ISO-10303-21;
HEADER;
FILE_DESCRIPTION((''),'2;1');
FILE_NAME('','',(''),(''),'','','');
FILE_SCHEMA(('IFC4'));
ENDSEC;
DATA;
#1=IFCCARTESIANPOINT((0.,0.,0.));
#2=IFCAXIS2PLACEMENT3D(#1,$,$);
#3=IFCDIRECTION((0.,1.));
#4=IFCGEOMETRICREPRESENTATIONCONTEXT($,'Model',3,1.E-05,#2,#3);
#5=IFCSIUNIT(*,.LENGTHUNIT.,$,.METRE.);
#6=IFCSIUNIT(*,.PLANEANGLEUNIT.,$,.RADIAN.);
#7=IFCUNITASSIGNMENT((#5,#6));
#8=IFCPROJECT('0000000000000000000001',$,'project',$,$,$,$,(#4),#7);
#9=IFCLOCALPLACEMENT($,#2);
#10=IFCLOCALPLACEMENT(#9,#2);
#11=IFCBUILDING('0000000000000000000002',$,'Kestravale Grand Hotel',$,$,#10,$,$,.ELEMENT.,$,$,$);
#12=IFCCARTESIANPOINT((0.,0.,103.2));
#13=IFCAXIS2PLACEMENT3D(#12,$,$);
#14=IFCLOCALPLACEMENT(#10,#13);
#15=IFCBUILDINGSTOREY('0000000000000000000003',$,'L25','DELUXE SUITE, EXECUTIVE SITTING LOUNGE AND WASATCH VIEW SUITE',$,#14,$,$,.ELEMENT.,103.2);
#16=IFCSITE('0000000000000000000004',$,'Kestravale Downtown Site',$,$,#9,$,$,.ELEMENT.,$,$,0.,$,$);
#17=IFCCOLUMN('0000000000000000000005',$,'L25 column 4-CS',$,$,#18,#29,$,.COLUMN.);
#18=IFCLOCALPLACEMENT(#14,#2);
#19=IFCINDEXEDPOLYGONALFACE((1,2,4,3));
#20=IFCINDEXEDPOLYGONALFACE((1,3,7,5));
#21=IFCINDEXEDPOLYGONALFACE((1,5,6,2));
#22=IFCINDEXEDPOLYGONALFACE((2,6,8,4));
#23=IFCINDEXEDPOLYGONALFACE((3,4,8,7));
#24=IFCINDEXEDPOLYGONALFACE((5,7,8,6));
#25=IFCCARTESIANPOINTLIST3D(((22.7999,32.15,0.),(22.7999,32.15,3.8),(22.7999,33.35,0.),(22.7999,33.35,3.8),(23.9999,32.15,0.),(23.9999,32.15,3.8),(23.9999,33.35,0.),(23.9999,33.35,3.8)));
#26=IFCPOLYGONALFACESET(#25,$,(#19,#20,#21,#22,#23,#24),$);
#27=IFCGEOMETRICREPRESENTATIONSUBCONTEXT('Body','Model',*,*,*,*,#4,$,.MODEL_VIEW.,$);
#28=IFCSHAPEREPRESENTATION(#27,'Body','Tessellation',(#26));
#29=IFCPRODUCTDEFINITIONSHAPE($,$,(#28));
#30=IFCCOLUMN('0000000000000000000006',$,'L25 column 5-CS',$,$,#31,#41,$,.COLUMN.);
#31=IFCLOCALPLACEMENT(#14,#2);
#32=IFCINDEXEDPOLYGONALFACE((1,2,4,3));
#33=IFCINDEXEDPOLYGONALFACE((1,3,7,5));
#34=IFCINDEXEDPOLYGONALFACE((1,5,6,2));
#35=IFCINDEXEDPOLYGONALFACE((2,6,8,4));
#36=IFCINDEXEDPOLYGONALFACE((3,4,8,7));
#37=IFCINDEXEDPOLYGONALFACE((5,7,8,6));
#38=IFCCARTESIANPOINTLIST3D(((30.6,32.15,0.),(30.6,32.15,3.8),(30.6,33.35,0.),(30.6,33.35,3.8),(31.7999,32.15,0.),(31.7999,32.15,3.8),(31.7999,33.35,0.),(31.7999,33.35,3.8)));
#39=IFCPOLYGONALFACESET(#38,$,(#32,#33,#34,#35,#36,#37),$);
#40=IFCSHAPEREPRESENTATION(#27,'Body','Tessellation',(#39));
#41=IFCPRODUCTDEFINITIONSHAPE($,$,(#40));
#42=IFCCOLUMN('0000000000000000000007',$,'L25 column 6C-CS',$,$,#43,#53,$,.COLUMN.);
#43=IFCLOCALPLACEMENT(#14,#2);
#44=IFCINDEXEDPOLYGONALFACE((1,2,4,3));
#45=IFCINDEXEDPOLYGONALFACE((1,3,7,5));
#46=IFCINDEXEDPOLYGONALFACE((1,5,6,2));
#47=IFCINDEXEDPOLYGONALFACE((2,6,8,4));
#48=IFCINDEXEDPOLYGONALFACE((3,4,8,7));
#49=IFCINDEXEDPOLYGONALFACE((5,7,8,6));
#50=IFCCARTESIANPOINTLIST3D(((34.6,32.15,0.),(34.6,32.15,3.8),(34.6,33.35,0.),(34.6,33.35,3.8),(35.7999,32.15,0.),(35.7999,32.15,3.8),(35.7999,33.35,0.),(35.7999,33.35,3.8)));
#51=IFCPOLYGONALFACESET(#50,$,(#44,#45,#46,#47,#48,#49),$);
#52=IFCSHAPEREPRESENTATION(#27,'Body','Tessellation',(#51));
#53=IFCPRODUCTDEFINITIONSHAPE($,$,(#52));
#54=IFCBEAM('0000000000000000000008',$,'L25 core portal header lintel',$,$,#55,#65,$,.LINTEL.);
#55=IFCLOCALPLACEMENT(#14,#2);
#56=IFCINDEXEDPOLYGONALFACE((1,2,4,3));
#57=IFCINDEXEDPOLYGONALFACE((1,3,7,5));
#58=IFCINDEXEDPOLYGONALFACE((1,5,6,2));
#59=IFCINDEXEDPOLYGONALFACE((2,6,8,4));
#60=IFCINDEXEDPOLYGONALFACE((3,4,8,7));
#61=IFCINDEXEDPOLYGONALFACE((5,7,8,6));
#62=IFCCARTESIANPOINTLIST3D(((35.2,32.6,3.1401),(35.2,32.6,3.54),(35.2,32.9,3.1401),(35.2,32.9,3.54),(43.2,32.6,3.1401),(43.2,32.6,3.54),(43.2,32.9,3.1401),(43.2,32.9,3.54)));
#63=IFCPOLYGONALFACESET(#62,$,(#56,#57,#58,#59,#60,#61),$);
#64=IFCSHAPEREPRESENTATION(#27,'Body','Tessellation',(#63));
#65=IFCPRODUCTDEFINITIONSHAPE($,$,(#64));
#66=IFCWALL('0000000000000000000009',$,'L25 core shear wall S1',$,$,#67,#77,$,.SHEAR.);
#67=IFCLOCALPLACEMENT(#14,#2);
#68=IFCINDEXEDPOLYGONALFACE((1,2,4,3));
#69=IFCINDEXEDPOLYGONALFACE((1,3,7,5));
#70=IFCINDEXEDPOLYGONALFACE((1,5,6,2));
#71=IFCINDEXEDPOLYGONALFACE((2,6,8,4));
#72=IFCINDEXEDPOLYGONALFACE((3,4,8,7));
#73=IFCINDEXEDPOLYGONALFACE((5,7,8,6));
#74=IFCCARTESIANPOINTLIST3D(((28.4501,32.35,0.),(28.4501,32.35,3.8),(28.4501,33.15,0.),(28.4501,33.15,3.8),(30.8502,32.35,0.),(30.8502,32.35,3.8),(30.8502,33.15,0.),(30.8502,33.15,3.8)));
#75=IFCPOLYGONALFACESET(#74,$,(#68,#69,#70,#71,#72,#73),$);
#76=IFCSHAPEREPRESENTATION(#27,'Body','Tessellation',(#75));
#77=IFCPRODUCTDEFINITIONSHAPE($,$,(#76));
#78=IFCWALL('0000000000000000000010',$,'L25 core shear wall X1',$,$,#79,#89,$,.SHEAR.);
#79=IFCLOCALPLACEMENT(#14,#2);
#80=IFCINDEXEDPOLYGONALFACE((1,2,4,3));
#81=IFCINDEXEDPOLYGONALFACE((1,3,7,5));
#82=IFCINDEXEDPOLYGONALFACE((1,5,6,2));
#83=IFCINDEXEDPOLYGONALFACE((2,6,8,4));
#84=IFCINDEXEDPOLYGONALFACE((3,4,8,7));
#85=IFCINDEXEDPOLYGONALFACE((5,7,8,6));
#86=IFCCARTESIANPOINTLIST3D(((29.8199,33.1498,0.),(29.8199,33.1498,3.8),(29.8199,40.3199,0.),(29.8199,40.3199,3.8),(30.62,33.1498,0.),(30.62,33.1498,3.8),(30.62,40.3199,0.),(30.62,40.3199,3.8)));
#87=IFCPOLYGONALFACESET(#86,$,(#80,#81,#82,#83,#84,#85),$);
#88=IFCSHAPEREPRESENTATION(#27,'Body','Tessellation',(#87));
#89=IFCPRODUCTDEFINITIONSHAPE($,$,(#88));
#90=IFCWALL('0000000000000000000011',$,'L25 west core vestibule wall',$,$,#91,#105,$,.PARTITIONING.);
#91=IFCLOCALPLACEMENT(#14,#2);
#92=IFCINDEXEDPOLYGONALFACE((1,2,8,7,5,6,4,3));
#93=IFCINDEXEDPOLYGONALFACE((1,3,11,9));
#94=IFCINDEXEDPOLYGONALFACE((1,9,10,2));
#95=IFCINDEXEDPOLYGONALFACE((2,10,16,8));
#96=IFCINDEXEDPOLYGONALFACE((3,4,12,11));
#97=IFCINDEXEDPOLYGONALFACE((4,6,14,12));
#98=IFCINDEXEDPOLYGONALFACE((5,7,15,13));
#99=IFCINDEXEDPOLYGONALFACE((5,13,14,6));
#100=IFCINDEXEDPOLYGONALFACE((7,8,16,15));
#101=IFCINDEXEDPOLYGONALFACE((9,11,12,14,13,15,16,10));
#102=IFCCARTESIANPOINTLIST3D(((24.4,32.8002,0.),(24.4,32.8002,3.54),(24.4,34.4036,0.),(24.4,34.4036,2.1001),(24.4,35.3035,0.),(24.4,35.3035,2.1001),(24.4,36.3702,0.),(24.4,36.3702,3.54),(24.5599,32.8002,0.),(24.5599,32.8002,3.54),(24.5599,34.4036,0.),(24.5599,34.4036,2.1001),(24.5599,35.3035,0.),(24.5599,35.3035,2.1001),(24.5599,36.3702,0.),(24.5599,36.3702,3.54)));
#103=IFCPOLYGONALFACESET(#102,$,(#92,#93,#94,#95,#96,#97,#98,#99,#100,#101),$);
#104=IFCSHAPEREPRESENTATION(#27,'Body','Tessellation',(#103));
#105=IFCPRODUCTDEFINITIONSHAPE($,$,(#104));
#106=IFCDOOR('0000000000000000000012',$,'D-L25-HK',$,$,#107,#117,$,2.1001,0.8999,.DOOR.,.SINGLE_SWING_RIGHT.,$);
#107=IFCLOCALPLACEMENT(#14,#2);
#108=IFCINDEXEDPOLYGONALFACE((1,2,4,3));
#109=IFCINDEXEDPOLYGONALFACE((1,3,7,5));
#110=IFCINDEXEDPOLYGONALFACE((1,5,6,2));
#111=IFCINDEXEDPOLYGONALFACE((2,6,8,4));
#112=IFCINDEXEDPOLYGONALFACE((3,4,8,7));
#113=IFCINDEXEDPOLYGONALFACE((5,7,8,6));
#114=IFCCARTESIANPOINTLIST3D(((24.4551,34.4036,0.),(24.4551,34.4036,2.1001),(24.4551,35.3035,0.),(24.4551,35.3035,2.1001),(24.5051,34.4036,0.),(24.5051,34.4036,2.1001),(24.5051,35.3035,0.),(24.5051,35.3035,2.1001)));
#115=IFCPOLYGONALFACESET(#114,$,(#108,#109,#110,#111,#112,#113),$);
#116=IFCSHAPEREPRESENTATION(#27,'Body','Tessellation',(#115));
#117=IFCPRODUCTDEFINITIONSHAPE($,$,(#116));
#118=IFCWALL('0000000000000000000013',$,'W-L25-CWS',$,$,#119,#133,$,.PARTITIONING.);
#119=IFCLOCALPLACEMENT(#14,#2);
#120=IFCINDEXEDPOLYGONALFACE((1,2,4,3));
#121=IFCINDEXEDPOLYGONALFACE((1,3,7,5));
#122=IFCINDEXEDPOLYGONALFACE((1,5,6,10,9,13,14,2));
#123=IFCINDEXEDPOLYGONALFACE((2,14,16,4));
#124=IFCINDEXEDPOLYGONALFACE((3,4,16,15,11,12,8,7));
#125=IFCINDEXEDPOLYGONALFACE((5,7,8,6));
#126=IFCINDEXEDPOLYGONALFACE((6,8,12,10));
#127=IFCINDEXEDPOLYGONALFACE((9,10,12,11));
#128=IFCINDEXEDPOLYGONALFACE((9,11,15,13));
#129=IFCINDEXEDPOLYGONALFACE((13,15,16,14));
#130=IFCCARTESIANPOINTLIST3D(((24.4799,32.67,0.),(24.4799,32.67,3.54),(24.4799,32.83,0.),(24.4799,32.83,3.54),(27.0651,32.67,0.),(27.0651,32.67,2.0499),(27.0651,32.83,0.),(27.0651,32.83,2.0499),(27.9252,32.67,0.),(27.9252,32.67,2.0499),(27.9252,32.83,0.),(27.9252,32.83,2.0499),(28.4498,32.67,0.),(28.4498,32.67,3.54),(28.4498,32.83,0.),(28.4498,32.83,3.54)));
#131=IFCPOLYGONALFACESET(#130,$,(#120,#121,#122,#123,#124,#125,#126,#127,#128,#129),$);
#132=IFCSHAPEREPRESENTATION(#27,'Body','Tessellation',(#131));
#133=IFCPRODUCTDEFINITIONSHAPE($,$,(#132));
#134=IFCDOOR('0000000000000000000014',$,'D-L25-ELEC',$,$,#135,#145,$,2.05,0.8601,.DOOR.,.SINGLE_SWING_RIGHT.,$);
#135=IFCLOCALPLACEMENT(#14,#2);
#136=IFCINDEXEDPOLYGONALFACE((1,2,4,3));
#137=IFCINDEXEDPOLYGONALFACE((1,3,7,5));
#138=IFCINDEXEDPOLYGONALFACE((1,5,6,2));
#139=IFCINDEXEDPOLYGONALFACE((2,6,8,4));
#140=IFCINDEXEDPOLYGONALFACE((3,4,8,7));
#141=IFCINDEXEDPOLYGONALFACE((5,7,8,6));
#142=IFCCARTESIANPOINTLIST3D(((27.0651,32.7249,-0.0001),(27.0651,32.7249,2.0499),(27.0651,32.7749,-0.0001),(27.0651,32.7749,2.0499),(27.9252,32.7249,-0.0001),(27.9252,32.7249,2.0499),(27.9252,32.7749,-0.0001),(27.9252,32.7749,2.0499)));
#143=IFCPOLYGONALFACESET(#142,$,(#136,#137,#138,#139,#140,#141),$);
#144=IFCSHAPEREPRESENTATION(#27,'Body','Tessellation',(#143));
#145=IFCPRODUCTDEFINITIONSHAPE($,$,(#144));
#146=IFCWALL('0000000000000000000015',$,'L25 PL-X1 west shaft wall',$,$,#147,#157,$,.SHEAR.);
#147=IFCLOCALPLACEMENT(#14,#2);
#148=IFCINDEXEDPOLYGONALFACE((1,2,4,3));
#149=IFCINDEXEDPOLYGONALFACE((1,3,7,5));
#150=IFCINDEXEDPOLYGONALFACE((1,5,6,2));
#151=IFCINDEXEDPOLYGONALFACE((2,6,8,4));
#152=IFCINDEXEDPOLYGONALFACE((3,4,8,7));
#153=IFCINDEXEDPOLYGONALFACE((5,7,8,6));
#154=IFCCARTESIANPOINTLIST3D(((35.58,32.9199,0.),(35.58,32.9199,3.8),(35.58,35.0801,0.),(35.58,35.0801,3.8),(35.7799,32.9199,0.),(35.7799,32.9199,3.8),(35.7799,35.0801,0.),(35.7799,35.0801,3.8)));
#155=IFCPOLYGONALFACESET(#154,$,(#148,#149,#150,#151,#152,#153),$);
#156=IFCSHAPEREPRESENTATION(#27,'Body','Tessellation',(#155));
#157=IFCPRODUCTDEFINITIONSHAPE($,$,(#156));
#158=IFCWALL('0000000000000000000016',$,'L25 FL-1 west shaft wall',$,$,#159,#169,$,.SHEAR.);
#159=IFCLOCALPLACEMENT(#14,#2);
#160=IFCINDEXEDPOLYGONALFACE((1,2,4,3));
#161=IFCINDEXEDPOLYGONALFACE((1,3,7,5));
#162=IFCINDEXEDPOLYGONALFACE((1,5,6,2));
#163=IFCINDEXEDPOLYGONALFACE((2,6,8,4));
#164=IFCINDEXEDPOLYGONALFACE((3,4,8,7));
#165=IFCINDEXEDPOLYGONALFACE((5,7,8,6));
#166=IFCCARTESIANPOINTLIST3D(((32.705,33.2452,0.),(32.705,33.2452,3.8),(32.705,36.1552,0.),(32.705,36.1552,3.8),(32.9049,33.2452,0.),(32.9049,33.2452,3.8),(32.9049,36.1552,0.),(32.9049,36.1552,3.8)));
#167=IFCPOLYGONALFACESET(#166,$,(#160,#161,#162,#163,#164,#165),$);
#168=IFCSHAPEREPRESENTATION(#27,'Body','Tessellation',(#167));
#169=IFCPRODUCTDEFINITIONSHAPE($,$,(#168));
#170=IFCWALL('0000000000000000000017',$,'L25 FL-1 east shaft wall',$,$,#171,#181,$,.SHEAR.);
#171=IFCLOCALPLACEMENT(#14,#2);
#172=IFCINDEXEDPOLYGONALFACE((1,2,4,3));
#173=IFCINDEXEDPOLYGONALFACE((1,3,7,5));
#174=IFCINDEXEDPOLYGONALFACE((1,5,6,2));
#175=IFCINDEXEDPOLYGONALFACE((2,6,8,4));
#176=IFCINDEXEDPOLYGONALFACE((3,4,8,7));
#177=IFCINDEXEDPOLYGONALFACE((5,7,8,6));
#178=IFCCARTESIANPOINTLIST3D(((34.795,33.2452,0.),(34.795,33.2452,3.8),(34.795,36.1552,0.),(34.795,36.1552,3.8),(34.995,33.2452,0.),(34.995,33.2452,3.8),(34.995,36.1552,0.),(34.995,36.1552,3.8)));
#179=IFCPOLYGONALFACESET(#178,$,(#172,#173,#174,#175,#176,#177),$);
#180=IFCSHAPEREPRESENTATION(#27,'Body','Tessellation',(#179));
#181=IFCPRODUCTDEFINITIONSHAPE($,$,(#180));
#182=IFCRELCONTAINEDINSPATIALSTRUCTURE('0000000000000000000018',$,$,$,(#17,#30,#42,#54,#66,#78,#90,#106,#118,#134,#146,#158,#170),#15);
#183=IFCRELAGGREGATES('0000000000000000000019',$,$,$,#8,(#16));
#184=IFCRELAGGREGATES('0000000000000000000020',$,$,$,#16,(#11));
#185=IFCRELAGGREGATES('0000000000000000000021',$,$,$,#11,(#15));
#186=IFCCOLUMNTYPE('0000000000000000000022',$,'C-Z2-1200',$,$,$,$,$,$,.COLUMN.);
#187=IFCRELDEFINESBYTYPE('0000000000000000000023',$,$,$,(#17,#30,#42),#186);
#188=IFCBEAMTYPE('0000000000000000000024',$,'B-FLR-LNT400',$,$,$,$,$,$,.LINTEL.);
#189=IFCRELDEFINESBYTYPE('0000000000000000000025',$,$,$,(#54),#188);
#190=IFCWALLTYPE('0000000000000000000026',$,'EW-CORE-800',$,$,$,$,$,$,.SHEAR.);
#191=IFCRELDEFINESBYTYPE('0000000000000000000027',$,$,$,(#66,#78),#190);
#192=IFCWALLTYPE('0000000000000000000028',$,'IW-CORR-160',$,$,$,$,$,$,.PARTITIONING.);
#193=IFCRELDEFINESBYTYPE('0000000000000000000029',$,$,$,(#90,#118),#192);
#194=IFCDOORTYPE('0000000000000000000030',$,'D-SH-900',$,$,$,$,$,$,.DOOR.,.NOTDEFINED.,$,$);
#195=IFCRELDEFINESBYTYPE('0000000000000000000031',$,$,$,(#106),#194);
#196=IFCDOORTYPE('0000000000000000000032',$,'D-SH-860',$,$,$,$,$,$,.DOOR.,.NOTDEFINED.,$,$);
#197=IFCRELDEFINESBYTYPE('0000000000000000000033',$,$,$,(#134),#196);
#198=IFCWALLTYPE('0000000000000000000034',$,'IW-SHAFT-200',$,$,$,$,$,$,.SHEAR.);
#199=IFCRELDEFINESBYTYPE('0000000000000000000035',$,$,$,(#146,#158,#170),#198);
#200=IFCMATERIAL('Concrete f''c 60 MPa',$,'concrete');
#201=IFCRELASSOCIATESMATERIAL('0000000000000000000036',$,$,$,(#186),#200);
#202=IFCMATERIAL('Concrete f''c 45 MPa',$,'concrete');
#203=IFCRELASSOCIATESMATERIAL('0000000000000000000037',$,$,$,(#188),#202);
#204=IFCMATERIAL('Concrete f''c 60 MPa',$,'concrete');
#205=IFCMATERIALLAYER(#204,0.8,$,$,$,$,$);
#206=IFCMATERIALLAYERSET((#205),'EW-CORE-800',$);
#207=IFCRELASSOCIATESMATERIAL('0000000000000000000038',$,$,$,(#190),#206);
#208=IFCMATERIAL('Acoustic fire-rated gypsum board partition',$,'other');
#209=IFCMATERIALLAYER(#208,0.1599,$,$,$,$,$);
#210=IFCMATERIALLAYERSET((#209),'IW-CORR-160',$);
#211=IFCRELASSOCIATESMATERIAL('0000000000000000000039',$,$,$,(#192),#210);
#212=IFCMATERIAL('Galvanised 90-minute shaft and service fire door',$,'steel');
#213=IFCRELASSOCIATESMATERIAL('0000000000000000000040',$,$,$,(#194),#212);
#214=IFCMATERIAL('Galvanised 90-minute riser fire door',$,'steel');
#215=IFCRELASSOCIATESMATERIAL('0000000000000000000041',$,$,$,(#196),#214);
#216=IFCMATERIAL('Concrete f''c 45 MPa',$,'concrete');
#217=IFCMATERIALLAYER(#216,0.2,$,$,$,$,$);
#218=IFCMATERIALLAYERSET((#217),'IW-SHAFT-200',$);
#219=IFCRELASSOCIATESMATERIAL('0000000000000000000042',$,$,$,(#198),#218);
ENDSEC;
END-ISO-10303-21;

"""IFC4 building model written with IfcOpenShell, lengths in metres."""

from ifc_helpers import new_model, si_unit, direction, frame, frame_2d, origin, origin_2d, place, context, subcontext, project, spatial, rectangle, extrude, material, layer, layer_set, material_profile, profile_set, type_object, element, fill, save


model = new_model("IFC4")

# Units and contexts
model_context = context("Model", 3, precision=1e-05, world=origin(), true_north=direction((0.0, 1.0)))
body_context = subcontext(model_context, "Body", "Model", "MODEL_VIEW")
ifc_project = project(units=[si_unit("LENGTHUNIT", "METRE"), si_unit("PLANEANGLEUNIT", "RADIAN")], contexts=[model_context])

# Site, building, storey
site_placement = place(None, origin())
site = spatial("IfcSite", under=ifc_project, at=site_placement, Name="Kestravale Downtown Site", CompositionType="ELEMENT", RefElevation=0.0)
building_placement = place(site_placement, origin())
building = spatial("IfcBuilding", under=site, at=building_placement, Name="Kestravale Grand Hotel", CompositionType="ELEMENT")
storey_placement = place(building_placement, frame((0.0, 0.0, 103.2)))
storey = spatial("IfcBuildingStorey", under=building, at=storey_placement, Name="L25", Description="DELUXE SUITE, EXECUTIVE SITTING LOUNGE AND WASATCH VIEW SUITE", CompositionType="ELEMENT", Elevation=103.2)

# Columns
ifc_material_1 = material(Name="Concrete f'c 60 MPa", Category="concrete")
ifc_material_profile_1 = material_profile(ifc_material_1, rectangle(XDim=1.2, YDim=1.2, at=origin_2d()))
ifc_profile_set_1 = profile_set([ifc_material_profile_1], Name="Concrete f'c 60 MPa")
column_type = type_object("IfcColumnType", Name="C-Z2-1200", PredefinedType="COLUMN", material=ifc_profile_set_1)
for number, where, z_axis, x_axis, name in (
    (1, (23.3999, 32.75, 0.0), (0.0, 0.0, 1.0), (1.0, 0.0, 0.0), "L25 column 4-CS"),
    (2, (31.2, 32.75, 0.0), (0.0, 0.0, 1.0), (1.0, 0.0, 0.0), "L25 column 5-CS"),
    (3, (35.2, 32.75, 0.0), (0.0, 0.0, 1.0), (1.0, 0.0, 0.0), "L25 column 6C-CS"),
):
    element("IfcColumn", number, at=place(storey_placement, frame(where, z_axis=z_axis, x_axis=x_axis)), inside=storey, type_object=column_type, Name=name, PredefinedType="COLUMN", context=body_context, shape_type="SweptSolid", body=[
        extrude(rectangle(XDim=1.2, YDim=1.2, at=origin_2d()), origin(), (0.0, 0.0, 1.0), 3.8),
    ])

# Beam
ifc_material_2 = material(Name="Concrete f'c 45 MPa", Category="concrete")
ifc_material_profile_2 = material_profile(ifc_material_2, rectangle(XDim=0.3, YDim=0.3999, at=origin_2d()))
ifc_profile_set_2 = profile_set([ifc_material_profile_2], Name="Concrete f'c 45 MPa")
beam_type = type_object("IfcBeamType", Name="B-FLR-LNT400", PredefinedType="LINTEL", material=ifc_profile_set_2)
beam_placement = place(storey_placement, frame((35.2, 32.75, 3.3401), z_axis=(1.0, 0.0, 0.0), x_axis=(0.0, 1.0, 0.0)))
element("IfcBeam", 4, at=beam_placement, inside=storey, type_object=beam_type, Name="L25 core portal header lintel", PredefinedType="LINTEL", context=body_context, shape_type="SweptSolid", body=[
    extrude(rectangle(XDim=0.3, YDim=0.3999, at=origin_2d()), origin(), (0.0, 0.0, 1.0), 8.0),
])

# Walls
ifc_material_3 = material(Name="Concrete f'c 60 MPa", Category="concrete")
ifc_layer_1 = layer(ifc_material_3, 0.8)
ifc_layer_set_1 = layer_set([ifc_layer_1], Name="EW-CORE-800")
wall_type_1 = type_object("IfcWallType", Name="EW-CORE-800", PredefinedType="SHEAR", material=ifc_layer_set_1)
wall_1_placement = place(storey_placement, frame((28.45, 32.75, 0.0), z_axis=(0.0, 0.0, 1.0), x_axis=(1.0, 0.0, 0.0)))
element("IfcWall", 5, at=wall_1_placement, inside=storey, type_object=wall_type_1, Name="L25 core shear wall S1", PredefinedType="SHEAR", context=body_context, shape_type="SweptSolid", body=[
    extrude(rectangle(XDim=2.4001, YDim=0.8, at=frame_2d((1.2002, 0.0))), origin(), (0.0, 0.0, 1.0), 3.8),
])
wall_2_placement = place(storey_placement, frame((30.22, 33.1499, 0.0), z_axis=(0.0, 0.0, 1.0), x_axis=(0.0, 1.0, 0.0)))
element("IfcWall", 6, at=wall_2_placement, inside=storey, type_object=wall_type_1, Name="L25 core shear wall X1", PredefinedType="SHEAR", context=body_context, shape_type="SweptSolid", body=[
    extrude(rectangle(XDim=7.1702, YDim=0.8, at=frame_2d((3.585, 0.0))), origin(), (0.0, 0.0, 1.0), 3.8),
])

# Walls, openings, doors
ifc_material_4 = material(Name="Acoustic fire-rated gypsum board partition", Category="other")
ifc_layer_2 = layer(ifc_material_4, 0.1599)
ifc_layer_set_2 = layer_set([ifc_layer_2], Name="IW-CORR-160")
wall_type_2 = type_object("IfcWallType", Name="IW-CORR-160", PredefinedType="PARTITIONING", material=ifc_layer_set_2)
wall_3_placement = place(storey_placement, frame((24.48, 32.8, 0.0), z_axis=(0.0, 0.0, 1.0), x_axis=(0.0, 1.0, 0.0)))
wall_3 = element("IfcWall", 7, at=wall_3_placement, inside=storey, type_object=wall_type_2, Name="L25 west core vestibule wall", PredefinedType="PARTITIONING", context=body_context, shape_type="SweptSolid", body=[
    extrude(rectangle(XDim=3.5701, YDim=0.1599, at=frame_2d((1.7852, 0.0))), origin(), (0.0, 0.0, 1.0), 3.54),
])
opening_1_placement = place(wall_3_placement, frame((1.6035, 0.0, 0.0)))
opening_1 = element("IfcOpeningElement", 8, at=opening_1_placement, cuts=wall_3, PredefinedType="OPENING", context=body_context, shape_type="SweptSolid", body=[
    extrude(rectangle(XDim=0.8999, YDim=2.1001, at=frame_2d((0.45, 1.05))), frame((0.0, 0.0898, 0.0), z_axis=(0.0, -1.0, 0.0), x_axis=(1.0, 0.0, 0.0)), (0.0, 0.0, 1.0), 0.1799),
])
ifc_material_5 = material(Name="Galvanised 90-minute shaft and service fire door", Category="steel")
door_type_1 = type_object("IfcDoorType", Name="D-SH-900", OperationType="NOTDEFINED", PredefinedType="DOOR", material=ifc_material_5)
door_1_placement = place(opening_1_placement, origin())
door_1 = element("IfcDoor", 9, at=door_1_placement, inside=storey, type_object=door_type_1, Name="D-L25-HK", OperationType="SINGLE_SWING_RIGHT", OverallHeight=2.1001, OverallWidth=0.8999, PredefinedType="DOOR", context=body_context, shape_type="SweptSolid", body=[
    extrude(rectangle(XDim=0.8999, YDim=2.1001, at=frame_2d((0.45, 1.05))), frame((0.0, 0.0249, 0.0), z_axis=(0.0, -1.0, 0.0), x_axis=(1.0, 0.0, 0.0)), (0.0, 0.0, 1.0), 0.05),
])
fill(opening_1, door_1)
wall_4_placement = place(storey_placement, frame((24.48, 32.75, 0.0), z_axis=(0.0, 0.0, 1.0), x_axis=(1.0, 0.0, 0.0)))
wall_4 = element("IfcWall", 10, at=wall_4_placement, inside=storey, type_object=wall_type_2, Name="W-L25-CWS", PredefinedType="PARTITIONING", context=body_context, shape_type="SweptSolid", body=[
    extrude(rectangle(XDim=3.97, YDim=0.1599, at=frame_2d((1.9849, 0.0))), origin(), (0.0, 0.0, 1.0), 3.54),
])
opening_2_placement = place(wall_4_placement, frame((2.585, 0.0, 0.0)))
opening_2 = element("IfcOpeningElement", 11, at=opening_2_placement, cuts=wall_4, PredefinedType="OPENING", context=body_context, shape_type="SweptSolid", body=[
    extrude(rectangle(XDim=0.8601, YDim=2.05, at=frame_2d((0.4302, 1.0249))), frame((0.0, 0.0898, 0.0), z_axis=(0.0, -1.0, 0.0), x_axis=(1.0, 0.0, 0.0)), (0.0, 0.0, 1.0), 0.1799),
])
ifc_material_6 = material(Name="Galvanised 90-minute riser fire door", Category="steel")
door_type_2 = type_object("IfcDoorType", Name="D-SH-860", OperationType="NOTDEFINED", PredefinedType="DOOR", material=ifc_material_6)
door_2_placement = place(opening_2_placement, origin())
door_2 = element("IfcDoor", 12, at=door_2_placement, inside=storey, type_object=door_type_2, Name="D-L25-ELEC", OperationType="SINGLE_SWING_RIGHT", OverallHeight=2.05, OverallWidth=0.8601, PredefinedType="DOOR", context=body_context, shape_type="SweptSolid", body=[
    extrude(rectangle(XDim=0.8601, YDim=2.05, at=frame_2d((0.4302, 1.0249))), frame((0.0, 0.0249, 0.0), z_axis=(0.0, -1.0, 0.0), x_axis=(1.0, 0.0, 0.0)), (0.0, 0.0, 1.0), 0.05),
])
fill(opening_2, door_2)

# Walls
ifc_material_7 = material(Name="Concrete f'c 45 MPa", Category="concrete")
ifc_layer_3 = layer(ifc_material_7, 0.2)
ifc_layer_set_3 = layer_set([ifc_layer_3], Name="IW-SHAFT-200")
wall_type_3 = type_object("IfcWallType", Name="IW-SHAFT-200", PredefinedType="SHEAR", material=ifc_layer_set_3)
wall_5_placement = place(storey_placement, frame((35.6799, 32.9199, 0.0), z_axis=(0.0, 0.0, 1.0), x_axis=(0.0, 1.0, 0.0)))
element("IfcWall", 13, at=wall_5_placement, inside=storey, type_object=wall_type_3, Name="L25 PL-X1 west shaft wall", PredefinedType="SHEAR", context=body_context, shape_type="SweptSolid", body=[
    extrude(rectangle(XDim=2.1602, YDim=0.2, at=frame_2d((1.0801, 0.0))), origin(), (0.0, 0.0, 1.0), 3.8),
])
for number, where, z_axis, x_axis, name in (
    (14, (32.8049, 33.2451, 0.0), (0.0, 0.0, 1.0), (0.0, 1.0, 0.0), "L25 FL-1 west shaft wall"),
    (15, (34.895, 33.2451, 0.0), (0.0, 0.0, 1.0), (0.0, 1.0, 0.0), "L25 FL-1 east shaft wall"),
):
    element("IfcWall", number, at=place(storey_placement, frame(where, z_axis=z_axis, x_axis=x_axis)), inside=storey, type_object=wall_type_3, Name=name, PredefinedType="SHEAR", context=body_context, shape_type="SweptSolid", body=[
        extrude(rectangle(XDim=2.9099, YDim=0.2, at=frame_2d((1.4551, 0.0))), origin(), (0.0, 0.0, 1.0), 3.8),
    ])

save(model, "model.ifc")
